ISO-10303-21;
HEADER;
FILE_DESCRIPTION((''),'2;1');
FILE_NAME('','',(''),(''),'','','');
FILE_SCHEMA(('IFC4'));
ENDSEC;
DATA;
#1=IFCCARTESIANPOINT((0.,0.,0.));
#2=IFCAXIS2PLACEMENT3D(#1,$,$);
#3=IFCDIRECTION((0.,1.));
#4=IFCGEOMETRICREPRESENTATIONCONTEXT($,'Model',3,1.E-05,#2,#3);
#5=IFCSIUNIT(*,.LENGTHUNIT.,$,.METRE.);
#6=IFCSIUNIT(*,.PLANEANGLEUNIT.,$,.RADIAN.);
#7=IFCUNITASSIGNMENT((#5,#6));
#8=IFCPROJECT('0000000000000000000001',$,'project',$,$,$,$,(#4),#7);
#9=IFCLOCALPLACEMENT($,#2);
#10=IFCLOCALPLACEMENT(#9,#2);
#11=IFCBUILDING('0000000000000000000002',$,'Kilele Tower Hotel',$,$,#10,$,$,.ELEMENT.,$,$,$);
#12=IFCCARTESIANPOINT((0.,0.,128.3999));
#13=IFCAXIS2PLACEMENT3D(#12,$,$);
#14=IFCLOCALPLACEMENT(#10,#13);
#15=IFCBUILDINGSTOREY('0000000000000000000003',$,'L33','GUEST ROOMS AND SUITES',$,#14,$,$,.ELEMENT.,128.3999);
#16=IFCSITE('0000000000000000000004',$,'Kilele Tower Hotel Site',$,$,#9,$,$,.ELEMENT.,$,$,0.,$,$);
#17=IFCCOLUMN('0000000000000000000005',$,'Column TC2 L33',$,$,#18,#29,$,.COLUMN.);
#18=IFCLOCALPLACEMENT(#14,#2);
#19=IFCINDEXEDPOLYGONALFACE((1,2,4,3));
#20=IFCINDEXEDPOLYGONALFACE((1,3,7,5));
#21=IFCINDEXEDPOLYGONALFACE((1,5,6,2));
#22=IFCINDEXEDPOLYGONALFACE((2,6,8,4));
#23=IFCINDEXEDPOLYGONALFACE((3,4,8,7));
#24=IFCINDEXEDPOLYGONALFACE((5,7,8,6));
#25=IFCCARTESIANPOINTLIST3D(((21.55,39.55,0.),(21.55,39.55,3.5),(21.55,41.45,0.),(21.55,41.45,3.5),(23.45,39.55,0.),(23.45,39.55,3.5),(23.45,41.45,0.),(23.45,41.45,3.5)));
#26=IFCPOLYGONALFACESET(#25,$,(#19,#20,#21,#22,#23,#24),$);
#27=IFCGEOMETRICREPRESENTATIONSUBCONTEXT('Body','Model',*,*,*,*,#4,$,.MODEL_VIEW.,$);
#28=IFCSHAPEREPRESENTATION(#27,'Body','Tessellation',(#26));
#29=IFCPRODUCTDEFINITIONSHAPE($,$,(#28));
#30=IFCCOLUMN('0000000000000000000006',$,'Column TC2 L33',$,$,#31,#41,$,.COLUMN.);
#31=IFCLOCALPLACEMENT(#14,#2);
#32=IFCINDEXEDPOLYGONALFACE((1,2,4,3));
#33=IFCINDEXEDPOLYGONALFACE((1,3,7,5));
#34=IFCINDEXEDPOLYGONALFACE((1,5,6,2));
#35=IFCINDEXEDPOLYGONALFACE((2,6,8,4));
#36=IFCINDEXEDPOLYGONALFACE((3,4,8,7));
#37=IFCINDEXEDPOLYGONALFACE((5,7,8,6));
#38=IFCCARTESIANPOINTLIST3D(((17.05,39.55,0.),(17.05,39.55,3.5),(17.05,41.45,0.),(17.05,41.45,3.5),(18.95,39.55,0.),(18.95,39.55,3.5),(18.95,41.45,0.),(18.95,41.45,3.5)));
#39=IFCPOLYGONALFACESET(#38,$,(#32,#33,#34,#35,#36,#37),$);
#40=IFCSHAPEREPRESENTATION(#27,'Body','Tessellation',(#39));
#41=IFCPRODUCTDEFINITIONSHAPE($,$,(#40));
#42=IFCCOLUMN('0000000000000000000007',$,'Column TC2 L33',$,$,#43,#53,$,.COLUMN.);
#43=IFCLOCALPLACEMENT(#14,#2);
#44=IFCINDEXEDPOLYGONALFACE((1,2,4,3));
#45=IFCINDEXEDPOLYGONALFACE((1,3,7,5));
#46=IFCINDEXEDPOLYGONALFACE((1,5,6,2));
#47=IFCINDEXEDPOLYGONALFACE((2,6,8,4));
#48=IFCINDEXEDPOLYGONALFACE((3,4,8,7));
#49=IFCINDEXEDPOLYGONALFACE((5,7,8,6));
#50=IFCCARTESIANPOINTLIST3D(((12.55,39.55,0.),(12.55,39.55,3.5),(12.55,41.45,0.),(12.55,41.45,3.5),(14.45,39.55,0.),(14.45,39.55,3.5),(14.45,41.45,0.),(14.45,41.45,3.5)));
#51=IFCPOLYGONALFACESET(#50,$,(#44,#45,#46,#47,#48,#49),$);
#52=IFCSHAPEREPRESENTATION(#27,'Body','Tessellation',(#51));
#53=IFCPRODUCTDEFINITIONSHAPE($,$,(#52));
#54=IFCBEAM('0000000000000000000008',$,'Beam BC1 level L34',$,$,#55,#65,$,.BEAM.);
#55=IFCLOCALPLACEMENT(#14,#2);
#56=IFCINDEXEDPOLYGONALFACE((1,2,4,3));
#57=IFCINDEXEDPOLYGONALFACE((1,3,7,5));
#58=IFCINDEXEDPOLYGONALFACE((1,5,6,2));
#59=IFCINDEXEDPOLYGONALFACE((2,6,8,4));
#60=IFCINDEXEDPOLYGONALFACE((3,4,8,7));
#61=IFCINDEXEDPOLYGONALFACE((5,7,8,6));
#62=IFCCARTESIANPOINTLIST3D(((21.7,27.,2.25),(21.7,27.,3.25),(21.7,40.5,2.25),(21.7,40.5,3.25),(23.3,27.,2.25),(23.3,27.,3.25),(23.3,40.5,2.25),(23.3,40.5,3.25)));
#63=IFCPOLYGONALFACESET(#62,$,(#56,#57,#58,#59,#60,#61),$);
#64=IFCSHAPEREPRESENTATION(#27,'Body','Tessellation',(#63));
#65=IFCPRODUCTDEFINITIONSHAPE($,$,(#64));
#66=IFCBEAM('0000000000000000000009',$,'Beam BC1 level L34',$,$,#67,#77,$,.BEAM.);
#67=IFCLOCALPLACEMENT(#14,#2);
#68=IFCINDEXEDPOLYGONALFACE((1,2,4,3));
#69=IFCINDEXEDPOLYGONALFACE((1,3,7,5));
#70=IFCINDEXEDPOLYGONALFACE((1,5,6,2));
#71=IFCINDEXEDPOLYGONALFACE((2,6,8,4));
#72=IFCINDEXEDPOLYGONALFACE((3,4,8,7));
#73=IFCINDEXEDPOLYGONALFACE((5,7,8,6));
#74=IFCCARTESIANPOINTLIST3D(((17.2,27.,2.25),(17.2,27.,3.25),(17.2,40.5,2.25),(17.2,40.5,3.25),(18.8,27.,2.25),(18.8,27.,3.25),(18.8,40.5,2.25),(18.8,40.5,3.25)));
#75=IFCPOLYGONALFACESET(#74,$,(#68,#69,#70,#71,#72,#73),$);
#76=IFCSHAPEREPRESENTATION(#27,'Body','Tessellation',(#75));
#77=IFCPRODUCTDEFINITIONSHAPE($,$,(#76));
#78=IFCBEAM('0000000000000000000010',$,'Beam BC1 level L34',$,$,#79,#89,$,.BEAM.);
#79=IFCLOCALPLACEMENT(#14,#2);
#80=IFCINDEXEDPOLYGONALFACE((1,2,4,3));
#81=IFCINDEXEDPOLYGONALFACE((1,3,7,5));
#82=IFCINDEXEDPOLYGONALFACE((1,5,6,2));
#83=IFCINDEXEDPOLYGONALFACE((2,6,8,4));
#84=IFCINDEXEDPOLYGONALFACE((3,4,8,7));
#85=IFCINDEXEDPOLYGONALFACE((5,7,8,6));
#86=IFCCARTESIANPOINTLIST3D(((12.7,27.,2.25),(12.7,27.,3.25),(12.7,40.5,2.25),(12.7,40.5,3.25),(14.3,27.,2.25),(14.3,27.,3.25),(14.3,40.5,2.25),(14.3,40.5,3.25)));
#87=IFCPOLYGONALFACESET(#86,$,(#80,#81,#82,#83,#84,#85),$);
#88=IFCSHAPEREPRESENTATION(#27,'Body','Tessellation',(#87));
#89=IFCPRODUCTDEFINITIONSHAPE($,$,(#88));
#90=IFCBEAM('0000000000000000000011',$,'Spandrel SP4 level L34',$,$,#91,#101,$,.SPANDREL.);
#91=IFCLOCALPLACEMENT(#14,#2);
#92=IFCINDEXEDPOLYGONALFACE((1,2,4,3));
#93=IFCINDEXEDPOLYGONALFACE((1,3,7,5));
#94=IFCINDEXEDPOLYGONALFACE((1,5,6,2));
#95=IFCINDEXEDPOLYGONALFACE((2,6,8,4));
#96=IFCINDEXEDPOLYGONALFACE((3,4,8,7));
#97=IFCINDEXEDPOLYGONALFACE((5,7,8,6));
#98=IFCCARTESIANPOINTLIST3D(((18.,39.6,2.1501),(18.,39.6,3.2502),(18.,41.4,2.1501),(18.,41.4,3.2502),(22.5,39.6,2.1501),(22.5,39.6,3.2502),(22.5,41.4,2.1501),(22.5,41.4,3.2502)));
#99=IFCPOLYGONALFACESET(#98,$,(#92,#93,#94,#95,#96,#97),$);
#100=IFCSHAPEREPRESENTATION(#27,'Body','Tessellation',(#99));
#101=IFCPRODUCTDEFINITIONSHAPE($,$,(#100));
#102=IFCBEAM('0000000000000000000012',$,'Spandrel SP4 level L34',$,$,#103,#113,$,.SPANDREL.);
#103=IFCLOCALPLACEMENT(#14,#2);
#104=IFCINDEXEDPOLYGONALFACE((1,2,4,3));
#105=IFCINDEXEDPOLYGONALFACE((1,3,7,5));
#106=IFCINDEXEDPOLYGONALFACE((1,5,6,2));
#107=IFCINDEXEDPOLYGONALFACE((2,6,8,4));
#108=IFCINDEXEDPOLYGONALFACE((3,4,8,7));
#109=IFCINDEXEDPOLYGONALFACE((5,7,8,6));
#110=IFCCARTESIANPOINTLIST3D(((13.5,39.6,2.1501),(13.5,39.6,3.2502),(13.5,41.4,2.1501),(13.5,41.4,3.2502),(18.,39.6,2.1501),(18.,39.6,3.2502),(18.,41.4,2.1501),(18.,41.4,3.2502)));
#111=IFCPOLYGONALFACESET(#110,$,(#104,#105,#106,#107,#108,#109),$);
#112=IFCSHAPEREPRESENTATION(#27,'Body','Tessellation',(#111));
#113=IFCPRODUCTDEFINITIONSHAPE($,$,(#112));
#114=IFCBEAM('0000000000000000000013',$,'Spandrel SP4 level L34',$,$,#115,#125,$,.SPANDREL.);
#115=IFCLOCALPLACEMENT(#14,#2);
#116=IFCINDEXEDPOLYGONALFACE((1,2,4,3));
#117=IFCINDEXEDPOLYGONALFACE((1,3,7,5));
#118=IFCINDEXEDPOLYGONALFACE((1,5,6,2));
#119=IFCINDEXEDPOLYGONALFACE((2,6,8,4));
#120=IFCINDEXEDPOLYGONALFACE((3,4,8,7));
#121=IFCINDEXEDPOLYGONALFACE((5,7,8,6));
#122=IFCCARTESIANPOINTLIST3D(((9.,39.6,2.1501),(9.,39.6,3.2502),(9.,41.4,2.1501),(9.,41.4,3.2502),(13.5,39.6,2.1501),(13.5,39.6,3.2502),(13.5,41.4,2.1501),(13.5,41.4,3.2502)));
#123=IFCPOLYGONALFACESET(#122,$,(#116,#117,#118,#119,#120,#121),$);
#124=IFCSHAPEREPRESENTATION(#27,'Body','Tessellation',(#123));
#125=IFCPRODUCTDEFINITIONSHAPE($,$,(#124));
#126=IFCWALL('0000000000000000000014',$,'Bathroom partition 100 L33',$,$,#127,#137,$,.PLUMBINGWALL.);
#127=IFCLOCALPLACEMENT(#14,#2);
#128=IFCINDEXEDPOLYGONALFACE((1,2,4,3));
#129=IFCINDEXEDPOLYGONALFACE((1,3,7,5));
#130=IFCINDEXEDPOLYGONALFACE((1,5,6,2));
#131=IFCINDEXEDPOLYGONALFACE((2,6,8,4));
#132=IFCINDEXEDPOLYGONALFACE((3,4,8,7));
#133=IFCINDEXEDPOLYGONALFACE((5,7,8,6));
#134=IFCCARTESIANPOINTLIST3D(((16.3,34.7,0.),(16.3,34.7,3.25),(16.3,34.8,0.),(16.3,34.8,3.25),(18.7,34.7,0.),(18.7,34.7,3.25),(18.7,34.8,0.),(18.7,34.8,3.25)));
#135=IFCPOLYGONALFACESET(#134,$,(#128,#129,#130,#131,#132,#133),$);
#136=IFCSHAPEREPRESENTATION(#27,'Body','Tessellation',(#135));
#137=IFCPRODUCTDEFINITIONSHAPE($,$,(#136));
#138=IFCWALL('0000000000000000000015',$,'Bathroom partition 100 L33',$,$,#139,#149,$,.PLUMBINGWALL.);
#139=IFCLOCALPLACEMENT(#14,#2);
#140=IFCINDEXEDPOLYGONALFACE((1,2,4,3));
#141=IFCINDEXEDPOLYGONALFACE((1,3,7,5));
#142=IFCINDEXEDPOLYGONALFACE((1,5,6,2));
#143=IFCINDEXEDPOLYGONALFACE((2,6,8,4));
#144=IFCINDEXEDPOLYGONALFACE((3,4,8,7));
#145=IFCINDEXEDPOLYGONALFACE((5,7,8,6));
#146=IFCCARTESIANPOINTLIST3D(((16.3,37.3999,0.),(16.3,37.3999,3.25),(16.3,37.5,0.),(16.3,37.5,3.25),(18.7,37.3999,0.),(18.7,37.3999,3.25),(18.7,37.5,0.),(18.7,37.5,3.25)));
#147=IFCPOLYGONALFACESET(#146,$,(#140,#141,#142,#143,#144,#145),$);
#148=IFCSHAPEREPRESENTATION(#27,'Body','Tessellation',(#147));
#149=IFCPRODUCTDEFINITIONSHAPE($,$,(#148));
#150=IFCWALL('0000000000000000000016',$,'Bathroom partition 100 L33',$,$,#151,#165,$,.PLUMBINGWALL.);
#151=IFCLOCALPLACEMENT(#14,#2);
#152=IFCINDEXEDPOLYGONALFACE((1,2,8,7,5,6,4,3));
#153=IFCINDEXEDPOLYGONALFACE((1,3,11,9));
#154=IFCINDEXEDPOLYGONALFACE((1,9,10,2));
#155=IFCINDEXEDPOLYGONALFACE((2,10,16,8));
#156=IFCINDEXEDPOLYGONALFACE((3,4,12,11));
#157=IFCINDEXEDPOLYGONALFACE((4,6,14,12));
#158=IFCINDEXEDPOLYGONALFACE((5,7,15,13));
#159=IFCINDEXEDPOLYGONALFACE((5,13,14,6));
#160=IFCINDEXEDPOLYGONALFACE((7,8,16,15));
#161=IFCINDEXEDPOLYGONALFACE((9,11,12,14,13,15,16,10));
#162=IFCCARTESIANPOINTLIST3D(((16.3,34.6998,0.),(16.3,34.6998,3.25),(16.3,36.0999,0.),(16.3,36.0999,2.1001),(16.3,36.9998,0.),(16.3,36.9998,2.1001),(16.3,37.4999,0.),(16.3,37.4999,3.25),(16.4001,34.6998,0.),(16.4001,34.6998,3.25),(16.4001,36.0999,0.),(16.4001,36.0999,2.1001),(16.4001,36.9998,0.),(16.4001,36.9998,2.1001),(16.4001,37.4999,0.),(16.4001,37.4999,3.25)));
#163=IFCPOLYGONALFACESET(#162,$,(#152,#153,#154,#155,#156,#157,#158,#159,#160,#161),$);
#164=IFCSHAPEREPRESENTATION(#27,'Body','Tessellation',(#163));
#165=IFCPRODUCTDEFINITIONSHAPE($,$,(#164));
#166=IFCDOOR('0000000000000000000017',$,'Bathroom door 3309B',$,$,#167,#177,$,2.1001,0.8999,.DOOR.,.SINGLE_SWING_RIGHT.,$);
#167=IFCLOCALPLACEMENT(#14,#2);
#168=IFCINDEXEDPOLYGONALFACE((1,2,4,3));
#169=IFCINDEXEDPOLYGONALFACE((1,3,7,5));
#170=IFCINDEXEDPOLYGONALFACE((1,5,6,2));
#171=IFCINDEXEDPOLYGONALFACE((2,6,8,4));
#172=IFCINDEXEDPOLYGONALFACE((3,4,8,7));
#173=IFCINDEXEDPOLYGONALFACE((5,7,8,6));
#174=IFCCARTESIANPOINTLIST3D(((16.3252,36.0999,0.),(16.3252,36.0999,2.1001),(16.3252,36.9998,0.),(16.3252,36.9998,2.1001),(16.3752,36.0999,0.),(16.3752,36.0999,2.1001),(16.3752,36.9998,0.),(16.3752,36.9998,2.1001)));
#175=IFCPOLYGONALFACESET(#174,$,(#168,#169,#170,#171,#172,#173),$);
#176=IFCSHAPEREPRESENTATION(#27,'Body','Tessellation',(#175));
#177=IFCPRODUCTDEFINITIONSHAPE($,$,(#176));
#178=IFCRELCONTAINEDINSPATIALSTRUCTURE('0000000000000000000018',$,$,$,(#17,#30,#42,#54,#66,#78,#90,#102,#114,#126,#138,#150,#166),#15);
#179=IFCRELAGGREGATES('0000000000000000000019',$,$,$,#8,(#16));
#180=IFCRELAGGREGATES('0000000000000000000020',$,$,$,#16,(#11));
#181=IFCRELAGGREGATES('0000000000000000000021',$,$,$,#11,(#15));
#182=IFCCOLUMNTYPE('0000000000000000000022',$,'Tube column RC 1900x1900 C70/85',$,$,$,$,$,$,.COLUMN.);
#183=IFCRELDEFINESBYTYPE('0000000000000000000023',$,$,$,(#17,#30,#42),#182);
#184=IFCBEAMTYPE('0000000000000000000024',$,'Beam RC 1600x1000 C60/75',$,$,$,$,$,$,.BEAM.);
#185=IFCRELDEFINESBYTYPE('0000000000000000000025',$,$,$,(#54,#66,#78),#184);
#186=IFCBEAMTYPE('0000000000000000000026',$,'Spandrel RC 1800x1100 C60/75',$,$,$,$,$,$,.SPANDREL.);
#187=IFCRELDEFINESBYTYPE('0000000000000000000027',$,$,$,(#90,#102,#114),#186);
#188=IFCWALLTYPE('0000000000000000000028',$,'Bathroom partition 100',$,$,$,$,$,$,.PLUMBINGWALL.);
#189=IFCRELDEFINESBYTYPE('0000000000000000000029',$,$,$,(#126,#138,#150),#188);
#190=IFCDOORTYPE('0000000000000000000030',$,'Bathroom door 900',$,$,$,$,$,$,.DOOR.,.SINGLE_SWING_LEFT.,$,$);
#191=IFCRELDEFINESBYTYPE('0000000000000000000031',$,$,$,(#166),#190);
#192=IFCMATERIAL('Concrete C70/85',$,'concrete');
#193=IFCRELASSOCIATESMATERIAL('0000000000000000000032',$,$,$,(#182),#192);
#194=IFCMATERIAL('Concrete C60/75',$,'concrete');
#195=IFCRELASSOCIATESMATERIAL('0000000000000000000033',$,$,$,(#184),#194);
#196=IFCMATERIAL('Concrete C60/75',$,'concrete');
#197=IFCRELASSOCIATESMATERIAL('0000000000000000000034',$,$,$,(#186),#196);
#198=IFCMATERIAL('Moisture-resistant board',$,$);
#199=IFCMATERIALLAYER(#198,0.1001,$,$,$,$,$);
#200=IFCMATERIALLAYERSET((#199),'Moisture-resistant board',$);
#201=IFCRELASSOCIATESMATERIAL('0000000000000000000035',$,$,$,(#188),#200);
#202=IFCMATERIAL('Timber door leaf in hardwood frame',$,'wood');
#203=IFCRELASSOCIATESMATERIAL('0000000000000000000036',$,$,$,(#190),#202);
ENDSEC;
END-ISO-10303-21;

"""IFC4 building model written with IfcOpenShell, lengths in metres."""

from ifc_helpers import new_model, si_unit, direction, frame, frame_2d, origin, origin_2d, place, context, subcontext, project, spatial, rectangle, extrude, material, layer, layer_set, material_profile, profile_set, type_object, element, fill, save


model = new_model("IFC4")

# Units and contexts
model_context = context("Model", 3, precision=1e-05, world=origin(), true_north=direction((0.0, 1.0)))
body_context = subcontext(model_context, "Body", "Model", "MODEL_VIEW")
ifc_project = project(units=[si_unit("LENGTHUNIT", "METRE"), si_unit("PLANEANGLEUNIT", "RADIAN")], contexts=[model_context])

# Site, building, storey
site_placement = place(None, origin())
site = spatial("IfcSite", under=ifc_project, at=site_placement, Name="Kilele Tower Hotel Site", CompositionType="ELEMENT", RefElevation=0.0)
building_placement = place(site_placement, origin())
building = spatial("IfcBuilding", under=site, at=building_placement, Name="Kilele Tower Hotel", CompositionType="ELEMENT")
storey_placement = place(building_placement, frame((0.0, 0.0, 128.3999)))
storey = spatial("IfcBuildingStorey", under=building, at=storey_placement, Name="L33", Description="GUEST ROOMS AND SUITES", CompositionType="ELEMENT", Elevation=128.3999)

# Columns
ifc_material_1 = material(Name="Concrete C70/85", Category="concrete")
ifc_material_profile_1 = material_profile(ifc_material_1, rectangle(XDim=1.8999, YDim=1.8999, at=origin_2d()))
ifc_profile_set_1 = profile_set([ifc_material_profile_1], Name="Concrete C70/85")
column_type = type_object("IfcColumnType", Name="Tube column RC 1900x1900 C70/85", PredefinedType="COLUMN", material=ifc_profile_set_1)
for number, where, z_axis, x_axis, name in (
    (1, (22.5, 40.5, 0.0), (0.0, 0.0, 1.0), (1.0, 0.0, 0.0), "Column TC2 L33"),
    (2, (18.0, 40.5, 0.0), (0.0, 0.0, 1.0), (1.0, 0.0, 0.0), "Column TC2 L33"),
    (3, (13.5, 40.5, 0.0), (0.0, 0.0, 1.0), (1.0, 0.0, 0.0), "Column TC2 L33"),
):
    element("IfcColumn", number, at=place(storey_placement, frame(where, z_axis=z_axis, x_axis=x_axis)), inside=storey, type_object=column_type, Name=name, PredefinedType="COLUMN", context=body_context, shape_type="SweptSolid", body=[
        extrude(rectangle(XDim=1.8999, YDim=1.8999, at=origin_2d()), origin(), (0.0, 0.0, 1.0), 3.5),
    ])

# Beams
ifc_material_2 = material(Name="Concrete C60/75", Category="concrete")
ifc_material_profile_2 = material_profile(ifc_material_2, rectangle(XDim=1.6001, YDim=1.0, at=origin_2d()))
ifc_profile_set_2 = profile_set([ifc_material_profile_2], Name="Concrete C60/75")
beam_type_1 = type_object("IfcBeamType", Name="Beam RC 1600x1000 C60/75", PredefinedType="BEAM", material=ifc_profile_set_2)
for number, where, z_axis, x_axis, name in (
    (4, (22.5, 40.5, 2.75), (0.0, -1.0, 0.0), (1.0, 0.0, 0.0), "Beam BC1 level L34"),
    (5, (18.0, 40.5, 2.75), (0.0, -1.0, 0.0), (1.0, 0.0, 0.0), "Beam BC1 level L34"),
    (6, (13.5, 40.5, 2.75), (0.0, -1.0, 0.0), (1.0, 0.0, 0.0), "Beam BC1 level L34"),
):
    element("IfcBeam", number, at=place(storey_placement, frame(where, z_axis=z_axis, x_axis=x_axis)), inside=storey, type_object=beam_type_1, Name=name, PredefinedType="BEAM", context=body_context, shape_type="SweptSolid", body=[
        extrude(rectangle(XDim=1.6001, YDim=1.0, at=origin_2d()), origin(), (0.0, 0.0, 1.0), 13.5),
    ])
ifc_material_3 = material(Name="Concrete C60/75", Category="concrete")
ifc_material_profile_3 = material_profile(ifc_material_3, rectangle(XDim=1.8, YDim=1.1001, at=origin_2d()))
ifc_profile_set_3 = profile_set([ifc_material_profile_3], Name="Concrete C60/75")
beam_type_2 = type_object("IfcBeamType", Name="Spandrel RC 1800x1100 C60/75", PredefinedType="SPANDREL", material=ifc_profile_set_3)
for number, where, z_axis, x_axis, name in (
    (7, (22.5, 40.5, 2.7002), (-1.0, 0.0, 0.0), (0.0, -1.0, 0.0), "Spandrel SP4 level L34"),
    (8, (18.0, 40.5, 2.7002), (-1.0, 0.0, 0.0), (0.0, -1.0, 0.0), "Spandrel SP4 level L34"),
    (9, (13.5, 40.5, 2.7002), (-1.0, 0.0, 0.0), (0.0, -1.0, 0.0), "Spandrel SP4 level L34"),
):
    element("IfcBeam", number, at=place(storey_placement, frame(where, z_axis=z_axis, x_axis=x_axis)), inside=storey, type_object=beam_type_2, Name=name, PredefinedType="SPANDREL", context=body_context, shape_type="SweptSolid", body=[
        extrude(rectangle(XDim=1.8, YDim=1.1001, at=origin_2d()), origin(), (0.0, 0.0, 1.0), 4.5),
    ])

# Walls
ifc_material_4 = material(Name="Moisture-resistant board")
ifc_layer_1 = layer(ifc_material_4, 0.1001)
ifc_layer_set_1 = layer_set([ifc_layer_1], Name="Moisture-resistant board")
wall_type_1 = type_object("IfcWallType", Name="Bathroom partition 100", PredefinedType="PLUMBINGWALL", material=ifc_layer_set_1)
for number, where, z_axis, x_axis, name in (
    (10, (16.3, 34.75, 0.0), (0.0, 0.0, 1.0), (1.0, 0.0, 0.0), "Bathroom partition 100 L33"),
    (11, (16.3, 37.45, 0.0), (0.0, 0.0, 1.0), (1.0, 0.0, 0.0), "Bathroom partition 100 L33"),
):
    element("IfcWall", number, at=place(storey_placement, frame(where, z_axis=z_axis, x_axis=x_axis)), inside=storey, type_object=wall_type_1, Name=name, PredefinedType="PLUMBINGWALL", context=body_context, shape_type="SweptSolid", body=[
        extrude(rectangle(XDim=2.3999, YDim=0.1001, at=frame_2d((1.2, 0.0))), origin(), (0.0, 0.0, 1.0), 3.25),
    ])

# Wall, opening, door
wall_1_placement = place(storey_placement, frame((16.3501, 34.7, 0.0), z_axis=(0.0, 0.0, 1.0), x_axis=(0.0, 1.0, 0.0)))
wall_1 = element("IfcWall", 12, at=wall_1_placement, inside=storey, type_object=wall_type_1, Name="Bathroom partition 100 L33", PredefinedType="PLUMBINGWALL", context=body_context, shape_type="SweptSolid", body=[
    extrude(rectangle(XDim=2.8, YDim=0.1001, at=frame_2d((1.3999, 0.0))), origin(), (0.0, 0.0, 1.0), 3.25),
])
opening_1_placement = place(wall_1_placement, frame((1.3999, 0.0, 0.0)))
opening_1 = element("IfcOpeningElement", 13, at=opening_1_placement, cuts=wall_1, PredefinedType="OPENING", context=body_context, shape_type="SweptSolid", body=[
    extrude(rectangle(XDim=0.8999, YDim=2.1001, at=frame_2d((0.45, 1.05))), frame((0.0, 0.0601, 0.0), z_axis=(0.0, -1.0, 0.0), x_axis=(1.0, 0.0, 0.0)), (0.0, 0.0, 1.0), 0.1201),
])
ifc_material_5 = material(Name="Timber door leaf in hardwood frame", Category="wood")
door_type_1 = type_object("IfcDoorType", Name="Bathroom door 900", OperationType="SINGLE_SWING_LEFT", PredefinedType="DOOR", material=ifc_material_5)
door_1_placement = place(opening_1_placement, origin())
door_1 = element("IfcDoor", 14, at=door_1_placement, inside=storey, type_object=door_type_1, Name="Bathroom door 3309B", OperationType="SINGLE_SWING_RIGHT", OverallHeight=2.1001, OverallWidth=0.8999, PredefinedType="DOOR", context=body_context, shape_type="SweptSolid", body=[
    extrude(rectangle(XDim=0.8999, YDim=2.1001, at=frame_2d((0.45, 1.05))), frame((0.0, 0.0249, 0.0), z_axis=(0.0, -1.0, 0.0), x_axis=(1.0, 0.0, 0.0)), (0.0, 0.0, 1.0), 0.05),
])
fill(opening_1, door_1)

save(model, "model.ifc")
